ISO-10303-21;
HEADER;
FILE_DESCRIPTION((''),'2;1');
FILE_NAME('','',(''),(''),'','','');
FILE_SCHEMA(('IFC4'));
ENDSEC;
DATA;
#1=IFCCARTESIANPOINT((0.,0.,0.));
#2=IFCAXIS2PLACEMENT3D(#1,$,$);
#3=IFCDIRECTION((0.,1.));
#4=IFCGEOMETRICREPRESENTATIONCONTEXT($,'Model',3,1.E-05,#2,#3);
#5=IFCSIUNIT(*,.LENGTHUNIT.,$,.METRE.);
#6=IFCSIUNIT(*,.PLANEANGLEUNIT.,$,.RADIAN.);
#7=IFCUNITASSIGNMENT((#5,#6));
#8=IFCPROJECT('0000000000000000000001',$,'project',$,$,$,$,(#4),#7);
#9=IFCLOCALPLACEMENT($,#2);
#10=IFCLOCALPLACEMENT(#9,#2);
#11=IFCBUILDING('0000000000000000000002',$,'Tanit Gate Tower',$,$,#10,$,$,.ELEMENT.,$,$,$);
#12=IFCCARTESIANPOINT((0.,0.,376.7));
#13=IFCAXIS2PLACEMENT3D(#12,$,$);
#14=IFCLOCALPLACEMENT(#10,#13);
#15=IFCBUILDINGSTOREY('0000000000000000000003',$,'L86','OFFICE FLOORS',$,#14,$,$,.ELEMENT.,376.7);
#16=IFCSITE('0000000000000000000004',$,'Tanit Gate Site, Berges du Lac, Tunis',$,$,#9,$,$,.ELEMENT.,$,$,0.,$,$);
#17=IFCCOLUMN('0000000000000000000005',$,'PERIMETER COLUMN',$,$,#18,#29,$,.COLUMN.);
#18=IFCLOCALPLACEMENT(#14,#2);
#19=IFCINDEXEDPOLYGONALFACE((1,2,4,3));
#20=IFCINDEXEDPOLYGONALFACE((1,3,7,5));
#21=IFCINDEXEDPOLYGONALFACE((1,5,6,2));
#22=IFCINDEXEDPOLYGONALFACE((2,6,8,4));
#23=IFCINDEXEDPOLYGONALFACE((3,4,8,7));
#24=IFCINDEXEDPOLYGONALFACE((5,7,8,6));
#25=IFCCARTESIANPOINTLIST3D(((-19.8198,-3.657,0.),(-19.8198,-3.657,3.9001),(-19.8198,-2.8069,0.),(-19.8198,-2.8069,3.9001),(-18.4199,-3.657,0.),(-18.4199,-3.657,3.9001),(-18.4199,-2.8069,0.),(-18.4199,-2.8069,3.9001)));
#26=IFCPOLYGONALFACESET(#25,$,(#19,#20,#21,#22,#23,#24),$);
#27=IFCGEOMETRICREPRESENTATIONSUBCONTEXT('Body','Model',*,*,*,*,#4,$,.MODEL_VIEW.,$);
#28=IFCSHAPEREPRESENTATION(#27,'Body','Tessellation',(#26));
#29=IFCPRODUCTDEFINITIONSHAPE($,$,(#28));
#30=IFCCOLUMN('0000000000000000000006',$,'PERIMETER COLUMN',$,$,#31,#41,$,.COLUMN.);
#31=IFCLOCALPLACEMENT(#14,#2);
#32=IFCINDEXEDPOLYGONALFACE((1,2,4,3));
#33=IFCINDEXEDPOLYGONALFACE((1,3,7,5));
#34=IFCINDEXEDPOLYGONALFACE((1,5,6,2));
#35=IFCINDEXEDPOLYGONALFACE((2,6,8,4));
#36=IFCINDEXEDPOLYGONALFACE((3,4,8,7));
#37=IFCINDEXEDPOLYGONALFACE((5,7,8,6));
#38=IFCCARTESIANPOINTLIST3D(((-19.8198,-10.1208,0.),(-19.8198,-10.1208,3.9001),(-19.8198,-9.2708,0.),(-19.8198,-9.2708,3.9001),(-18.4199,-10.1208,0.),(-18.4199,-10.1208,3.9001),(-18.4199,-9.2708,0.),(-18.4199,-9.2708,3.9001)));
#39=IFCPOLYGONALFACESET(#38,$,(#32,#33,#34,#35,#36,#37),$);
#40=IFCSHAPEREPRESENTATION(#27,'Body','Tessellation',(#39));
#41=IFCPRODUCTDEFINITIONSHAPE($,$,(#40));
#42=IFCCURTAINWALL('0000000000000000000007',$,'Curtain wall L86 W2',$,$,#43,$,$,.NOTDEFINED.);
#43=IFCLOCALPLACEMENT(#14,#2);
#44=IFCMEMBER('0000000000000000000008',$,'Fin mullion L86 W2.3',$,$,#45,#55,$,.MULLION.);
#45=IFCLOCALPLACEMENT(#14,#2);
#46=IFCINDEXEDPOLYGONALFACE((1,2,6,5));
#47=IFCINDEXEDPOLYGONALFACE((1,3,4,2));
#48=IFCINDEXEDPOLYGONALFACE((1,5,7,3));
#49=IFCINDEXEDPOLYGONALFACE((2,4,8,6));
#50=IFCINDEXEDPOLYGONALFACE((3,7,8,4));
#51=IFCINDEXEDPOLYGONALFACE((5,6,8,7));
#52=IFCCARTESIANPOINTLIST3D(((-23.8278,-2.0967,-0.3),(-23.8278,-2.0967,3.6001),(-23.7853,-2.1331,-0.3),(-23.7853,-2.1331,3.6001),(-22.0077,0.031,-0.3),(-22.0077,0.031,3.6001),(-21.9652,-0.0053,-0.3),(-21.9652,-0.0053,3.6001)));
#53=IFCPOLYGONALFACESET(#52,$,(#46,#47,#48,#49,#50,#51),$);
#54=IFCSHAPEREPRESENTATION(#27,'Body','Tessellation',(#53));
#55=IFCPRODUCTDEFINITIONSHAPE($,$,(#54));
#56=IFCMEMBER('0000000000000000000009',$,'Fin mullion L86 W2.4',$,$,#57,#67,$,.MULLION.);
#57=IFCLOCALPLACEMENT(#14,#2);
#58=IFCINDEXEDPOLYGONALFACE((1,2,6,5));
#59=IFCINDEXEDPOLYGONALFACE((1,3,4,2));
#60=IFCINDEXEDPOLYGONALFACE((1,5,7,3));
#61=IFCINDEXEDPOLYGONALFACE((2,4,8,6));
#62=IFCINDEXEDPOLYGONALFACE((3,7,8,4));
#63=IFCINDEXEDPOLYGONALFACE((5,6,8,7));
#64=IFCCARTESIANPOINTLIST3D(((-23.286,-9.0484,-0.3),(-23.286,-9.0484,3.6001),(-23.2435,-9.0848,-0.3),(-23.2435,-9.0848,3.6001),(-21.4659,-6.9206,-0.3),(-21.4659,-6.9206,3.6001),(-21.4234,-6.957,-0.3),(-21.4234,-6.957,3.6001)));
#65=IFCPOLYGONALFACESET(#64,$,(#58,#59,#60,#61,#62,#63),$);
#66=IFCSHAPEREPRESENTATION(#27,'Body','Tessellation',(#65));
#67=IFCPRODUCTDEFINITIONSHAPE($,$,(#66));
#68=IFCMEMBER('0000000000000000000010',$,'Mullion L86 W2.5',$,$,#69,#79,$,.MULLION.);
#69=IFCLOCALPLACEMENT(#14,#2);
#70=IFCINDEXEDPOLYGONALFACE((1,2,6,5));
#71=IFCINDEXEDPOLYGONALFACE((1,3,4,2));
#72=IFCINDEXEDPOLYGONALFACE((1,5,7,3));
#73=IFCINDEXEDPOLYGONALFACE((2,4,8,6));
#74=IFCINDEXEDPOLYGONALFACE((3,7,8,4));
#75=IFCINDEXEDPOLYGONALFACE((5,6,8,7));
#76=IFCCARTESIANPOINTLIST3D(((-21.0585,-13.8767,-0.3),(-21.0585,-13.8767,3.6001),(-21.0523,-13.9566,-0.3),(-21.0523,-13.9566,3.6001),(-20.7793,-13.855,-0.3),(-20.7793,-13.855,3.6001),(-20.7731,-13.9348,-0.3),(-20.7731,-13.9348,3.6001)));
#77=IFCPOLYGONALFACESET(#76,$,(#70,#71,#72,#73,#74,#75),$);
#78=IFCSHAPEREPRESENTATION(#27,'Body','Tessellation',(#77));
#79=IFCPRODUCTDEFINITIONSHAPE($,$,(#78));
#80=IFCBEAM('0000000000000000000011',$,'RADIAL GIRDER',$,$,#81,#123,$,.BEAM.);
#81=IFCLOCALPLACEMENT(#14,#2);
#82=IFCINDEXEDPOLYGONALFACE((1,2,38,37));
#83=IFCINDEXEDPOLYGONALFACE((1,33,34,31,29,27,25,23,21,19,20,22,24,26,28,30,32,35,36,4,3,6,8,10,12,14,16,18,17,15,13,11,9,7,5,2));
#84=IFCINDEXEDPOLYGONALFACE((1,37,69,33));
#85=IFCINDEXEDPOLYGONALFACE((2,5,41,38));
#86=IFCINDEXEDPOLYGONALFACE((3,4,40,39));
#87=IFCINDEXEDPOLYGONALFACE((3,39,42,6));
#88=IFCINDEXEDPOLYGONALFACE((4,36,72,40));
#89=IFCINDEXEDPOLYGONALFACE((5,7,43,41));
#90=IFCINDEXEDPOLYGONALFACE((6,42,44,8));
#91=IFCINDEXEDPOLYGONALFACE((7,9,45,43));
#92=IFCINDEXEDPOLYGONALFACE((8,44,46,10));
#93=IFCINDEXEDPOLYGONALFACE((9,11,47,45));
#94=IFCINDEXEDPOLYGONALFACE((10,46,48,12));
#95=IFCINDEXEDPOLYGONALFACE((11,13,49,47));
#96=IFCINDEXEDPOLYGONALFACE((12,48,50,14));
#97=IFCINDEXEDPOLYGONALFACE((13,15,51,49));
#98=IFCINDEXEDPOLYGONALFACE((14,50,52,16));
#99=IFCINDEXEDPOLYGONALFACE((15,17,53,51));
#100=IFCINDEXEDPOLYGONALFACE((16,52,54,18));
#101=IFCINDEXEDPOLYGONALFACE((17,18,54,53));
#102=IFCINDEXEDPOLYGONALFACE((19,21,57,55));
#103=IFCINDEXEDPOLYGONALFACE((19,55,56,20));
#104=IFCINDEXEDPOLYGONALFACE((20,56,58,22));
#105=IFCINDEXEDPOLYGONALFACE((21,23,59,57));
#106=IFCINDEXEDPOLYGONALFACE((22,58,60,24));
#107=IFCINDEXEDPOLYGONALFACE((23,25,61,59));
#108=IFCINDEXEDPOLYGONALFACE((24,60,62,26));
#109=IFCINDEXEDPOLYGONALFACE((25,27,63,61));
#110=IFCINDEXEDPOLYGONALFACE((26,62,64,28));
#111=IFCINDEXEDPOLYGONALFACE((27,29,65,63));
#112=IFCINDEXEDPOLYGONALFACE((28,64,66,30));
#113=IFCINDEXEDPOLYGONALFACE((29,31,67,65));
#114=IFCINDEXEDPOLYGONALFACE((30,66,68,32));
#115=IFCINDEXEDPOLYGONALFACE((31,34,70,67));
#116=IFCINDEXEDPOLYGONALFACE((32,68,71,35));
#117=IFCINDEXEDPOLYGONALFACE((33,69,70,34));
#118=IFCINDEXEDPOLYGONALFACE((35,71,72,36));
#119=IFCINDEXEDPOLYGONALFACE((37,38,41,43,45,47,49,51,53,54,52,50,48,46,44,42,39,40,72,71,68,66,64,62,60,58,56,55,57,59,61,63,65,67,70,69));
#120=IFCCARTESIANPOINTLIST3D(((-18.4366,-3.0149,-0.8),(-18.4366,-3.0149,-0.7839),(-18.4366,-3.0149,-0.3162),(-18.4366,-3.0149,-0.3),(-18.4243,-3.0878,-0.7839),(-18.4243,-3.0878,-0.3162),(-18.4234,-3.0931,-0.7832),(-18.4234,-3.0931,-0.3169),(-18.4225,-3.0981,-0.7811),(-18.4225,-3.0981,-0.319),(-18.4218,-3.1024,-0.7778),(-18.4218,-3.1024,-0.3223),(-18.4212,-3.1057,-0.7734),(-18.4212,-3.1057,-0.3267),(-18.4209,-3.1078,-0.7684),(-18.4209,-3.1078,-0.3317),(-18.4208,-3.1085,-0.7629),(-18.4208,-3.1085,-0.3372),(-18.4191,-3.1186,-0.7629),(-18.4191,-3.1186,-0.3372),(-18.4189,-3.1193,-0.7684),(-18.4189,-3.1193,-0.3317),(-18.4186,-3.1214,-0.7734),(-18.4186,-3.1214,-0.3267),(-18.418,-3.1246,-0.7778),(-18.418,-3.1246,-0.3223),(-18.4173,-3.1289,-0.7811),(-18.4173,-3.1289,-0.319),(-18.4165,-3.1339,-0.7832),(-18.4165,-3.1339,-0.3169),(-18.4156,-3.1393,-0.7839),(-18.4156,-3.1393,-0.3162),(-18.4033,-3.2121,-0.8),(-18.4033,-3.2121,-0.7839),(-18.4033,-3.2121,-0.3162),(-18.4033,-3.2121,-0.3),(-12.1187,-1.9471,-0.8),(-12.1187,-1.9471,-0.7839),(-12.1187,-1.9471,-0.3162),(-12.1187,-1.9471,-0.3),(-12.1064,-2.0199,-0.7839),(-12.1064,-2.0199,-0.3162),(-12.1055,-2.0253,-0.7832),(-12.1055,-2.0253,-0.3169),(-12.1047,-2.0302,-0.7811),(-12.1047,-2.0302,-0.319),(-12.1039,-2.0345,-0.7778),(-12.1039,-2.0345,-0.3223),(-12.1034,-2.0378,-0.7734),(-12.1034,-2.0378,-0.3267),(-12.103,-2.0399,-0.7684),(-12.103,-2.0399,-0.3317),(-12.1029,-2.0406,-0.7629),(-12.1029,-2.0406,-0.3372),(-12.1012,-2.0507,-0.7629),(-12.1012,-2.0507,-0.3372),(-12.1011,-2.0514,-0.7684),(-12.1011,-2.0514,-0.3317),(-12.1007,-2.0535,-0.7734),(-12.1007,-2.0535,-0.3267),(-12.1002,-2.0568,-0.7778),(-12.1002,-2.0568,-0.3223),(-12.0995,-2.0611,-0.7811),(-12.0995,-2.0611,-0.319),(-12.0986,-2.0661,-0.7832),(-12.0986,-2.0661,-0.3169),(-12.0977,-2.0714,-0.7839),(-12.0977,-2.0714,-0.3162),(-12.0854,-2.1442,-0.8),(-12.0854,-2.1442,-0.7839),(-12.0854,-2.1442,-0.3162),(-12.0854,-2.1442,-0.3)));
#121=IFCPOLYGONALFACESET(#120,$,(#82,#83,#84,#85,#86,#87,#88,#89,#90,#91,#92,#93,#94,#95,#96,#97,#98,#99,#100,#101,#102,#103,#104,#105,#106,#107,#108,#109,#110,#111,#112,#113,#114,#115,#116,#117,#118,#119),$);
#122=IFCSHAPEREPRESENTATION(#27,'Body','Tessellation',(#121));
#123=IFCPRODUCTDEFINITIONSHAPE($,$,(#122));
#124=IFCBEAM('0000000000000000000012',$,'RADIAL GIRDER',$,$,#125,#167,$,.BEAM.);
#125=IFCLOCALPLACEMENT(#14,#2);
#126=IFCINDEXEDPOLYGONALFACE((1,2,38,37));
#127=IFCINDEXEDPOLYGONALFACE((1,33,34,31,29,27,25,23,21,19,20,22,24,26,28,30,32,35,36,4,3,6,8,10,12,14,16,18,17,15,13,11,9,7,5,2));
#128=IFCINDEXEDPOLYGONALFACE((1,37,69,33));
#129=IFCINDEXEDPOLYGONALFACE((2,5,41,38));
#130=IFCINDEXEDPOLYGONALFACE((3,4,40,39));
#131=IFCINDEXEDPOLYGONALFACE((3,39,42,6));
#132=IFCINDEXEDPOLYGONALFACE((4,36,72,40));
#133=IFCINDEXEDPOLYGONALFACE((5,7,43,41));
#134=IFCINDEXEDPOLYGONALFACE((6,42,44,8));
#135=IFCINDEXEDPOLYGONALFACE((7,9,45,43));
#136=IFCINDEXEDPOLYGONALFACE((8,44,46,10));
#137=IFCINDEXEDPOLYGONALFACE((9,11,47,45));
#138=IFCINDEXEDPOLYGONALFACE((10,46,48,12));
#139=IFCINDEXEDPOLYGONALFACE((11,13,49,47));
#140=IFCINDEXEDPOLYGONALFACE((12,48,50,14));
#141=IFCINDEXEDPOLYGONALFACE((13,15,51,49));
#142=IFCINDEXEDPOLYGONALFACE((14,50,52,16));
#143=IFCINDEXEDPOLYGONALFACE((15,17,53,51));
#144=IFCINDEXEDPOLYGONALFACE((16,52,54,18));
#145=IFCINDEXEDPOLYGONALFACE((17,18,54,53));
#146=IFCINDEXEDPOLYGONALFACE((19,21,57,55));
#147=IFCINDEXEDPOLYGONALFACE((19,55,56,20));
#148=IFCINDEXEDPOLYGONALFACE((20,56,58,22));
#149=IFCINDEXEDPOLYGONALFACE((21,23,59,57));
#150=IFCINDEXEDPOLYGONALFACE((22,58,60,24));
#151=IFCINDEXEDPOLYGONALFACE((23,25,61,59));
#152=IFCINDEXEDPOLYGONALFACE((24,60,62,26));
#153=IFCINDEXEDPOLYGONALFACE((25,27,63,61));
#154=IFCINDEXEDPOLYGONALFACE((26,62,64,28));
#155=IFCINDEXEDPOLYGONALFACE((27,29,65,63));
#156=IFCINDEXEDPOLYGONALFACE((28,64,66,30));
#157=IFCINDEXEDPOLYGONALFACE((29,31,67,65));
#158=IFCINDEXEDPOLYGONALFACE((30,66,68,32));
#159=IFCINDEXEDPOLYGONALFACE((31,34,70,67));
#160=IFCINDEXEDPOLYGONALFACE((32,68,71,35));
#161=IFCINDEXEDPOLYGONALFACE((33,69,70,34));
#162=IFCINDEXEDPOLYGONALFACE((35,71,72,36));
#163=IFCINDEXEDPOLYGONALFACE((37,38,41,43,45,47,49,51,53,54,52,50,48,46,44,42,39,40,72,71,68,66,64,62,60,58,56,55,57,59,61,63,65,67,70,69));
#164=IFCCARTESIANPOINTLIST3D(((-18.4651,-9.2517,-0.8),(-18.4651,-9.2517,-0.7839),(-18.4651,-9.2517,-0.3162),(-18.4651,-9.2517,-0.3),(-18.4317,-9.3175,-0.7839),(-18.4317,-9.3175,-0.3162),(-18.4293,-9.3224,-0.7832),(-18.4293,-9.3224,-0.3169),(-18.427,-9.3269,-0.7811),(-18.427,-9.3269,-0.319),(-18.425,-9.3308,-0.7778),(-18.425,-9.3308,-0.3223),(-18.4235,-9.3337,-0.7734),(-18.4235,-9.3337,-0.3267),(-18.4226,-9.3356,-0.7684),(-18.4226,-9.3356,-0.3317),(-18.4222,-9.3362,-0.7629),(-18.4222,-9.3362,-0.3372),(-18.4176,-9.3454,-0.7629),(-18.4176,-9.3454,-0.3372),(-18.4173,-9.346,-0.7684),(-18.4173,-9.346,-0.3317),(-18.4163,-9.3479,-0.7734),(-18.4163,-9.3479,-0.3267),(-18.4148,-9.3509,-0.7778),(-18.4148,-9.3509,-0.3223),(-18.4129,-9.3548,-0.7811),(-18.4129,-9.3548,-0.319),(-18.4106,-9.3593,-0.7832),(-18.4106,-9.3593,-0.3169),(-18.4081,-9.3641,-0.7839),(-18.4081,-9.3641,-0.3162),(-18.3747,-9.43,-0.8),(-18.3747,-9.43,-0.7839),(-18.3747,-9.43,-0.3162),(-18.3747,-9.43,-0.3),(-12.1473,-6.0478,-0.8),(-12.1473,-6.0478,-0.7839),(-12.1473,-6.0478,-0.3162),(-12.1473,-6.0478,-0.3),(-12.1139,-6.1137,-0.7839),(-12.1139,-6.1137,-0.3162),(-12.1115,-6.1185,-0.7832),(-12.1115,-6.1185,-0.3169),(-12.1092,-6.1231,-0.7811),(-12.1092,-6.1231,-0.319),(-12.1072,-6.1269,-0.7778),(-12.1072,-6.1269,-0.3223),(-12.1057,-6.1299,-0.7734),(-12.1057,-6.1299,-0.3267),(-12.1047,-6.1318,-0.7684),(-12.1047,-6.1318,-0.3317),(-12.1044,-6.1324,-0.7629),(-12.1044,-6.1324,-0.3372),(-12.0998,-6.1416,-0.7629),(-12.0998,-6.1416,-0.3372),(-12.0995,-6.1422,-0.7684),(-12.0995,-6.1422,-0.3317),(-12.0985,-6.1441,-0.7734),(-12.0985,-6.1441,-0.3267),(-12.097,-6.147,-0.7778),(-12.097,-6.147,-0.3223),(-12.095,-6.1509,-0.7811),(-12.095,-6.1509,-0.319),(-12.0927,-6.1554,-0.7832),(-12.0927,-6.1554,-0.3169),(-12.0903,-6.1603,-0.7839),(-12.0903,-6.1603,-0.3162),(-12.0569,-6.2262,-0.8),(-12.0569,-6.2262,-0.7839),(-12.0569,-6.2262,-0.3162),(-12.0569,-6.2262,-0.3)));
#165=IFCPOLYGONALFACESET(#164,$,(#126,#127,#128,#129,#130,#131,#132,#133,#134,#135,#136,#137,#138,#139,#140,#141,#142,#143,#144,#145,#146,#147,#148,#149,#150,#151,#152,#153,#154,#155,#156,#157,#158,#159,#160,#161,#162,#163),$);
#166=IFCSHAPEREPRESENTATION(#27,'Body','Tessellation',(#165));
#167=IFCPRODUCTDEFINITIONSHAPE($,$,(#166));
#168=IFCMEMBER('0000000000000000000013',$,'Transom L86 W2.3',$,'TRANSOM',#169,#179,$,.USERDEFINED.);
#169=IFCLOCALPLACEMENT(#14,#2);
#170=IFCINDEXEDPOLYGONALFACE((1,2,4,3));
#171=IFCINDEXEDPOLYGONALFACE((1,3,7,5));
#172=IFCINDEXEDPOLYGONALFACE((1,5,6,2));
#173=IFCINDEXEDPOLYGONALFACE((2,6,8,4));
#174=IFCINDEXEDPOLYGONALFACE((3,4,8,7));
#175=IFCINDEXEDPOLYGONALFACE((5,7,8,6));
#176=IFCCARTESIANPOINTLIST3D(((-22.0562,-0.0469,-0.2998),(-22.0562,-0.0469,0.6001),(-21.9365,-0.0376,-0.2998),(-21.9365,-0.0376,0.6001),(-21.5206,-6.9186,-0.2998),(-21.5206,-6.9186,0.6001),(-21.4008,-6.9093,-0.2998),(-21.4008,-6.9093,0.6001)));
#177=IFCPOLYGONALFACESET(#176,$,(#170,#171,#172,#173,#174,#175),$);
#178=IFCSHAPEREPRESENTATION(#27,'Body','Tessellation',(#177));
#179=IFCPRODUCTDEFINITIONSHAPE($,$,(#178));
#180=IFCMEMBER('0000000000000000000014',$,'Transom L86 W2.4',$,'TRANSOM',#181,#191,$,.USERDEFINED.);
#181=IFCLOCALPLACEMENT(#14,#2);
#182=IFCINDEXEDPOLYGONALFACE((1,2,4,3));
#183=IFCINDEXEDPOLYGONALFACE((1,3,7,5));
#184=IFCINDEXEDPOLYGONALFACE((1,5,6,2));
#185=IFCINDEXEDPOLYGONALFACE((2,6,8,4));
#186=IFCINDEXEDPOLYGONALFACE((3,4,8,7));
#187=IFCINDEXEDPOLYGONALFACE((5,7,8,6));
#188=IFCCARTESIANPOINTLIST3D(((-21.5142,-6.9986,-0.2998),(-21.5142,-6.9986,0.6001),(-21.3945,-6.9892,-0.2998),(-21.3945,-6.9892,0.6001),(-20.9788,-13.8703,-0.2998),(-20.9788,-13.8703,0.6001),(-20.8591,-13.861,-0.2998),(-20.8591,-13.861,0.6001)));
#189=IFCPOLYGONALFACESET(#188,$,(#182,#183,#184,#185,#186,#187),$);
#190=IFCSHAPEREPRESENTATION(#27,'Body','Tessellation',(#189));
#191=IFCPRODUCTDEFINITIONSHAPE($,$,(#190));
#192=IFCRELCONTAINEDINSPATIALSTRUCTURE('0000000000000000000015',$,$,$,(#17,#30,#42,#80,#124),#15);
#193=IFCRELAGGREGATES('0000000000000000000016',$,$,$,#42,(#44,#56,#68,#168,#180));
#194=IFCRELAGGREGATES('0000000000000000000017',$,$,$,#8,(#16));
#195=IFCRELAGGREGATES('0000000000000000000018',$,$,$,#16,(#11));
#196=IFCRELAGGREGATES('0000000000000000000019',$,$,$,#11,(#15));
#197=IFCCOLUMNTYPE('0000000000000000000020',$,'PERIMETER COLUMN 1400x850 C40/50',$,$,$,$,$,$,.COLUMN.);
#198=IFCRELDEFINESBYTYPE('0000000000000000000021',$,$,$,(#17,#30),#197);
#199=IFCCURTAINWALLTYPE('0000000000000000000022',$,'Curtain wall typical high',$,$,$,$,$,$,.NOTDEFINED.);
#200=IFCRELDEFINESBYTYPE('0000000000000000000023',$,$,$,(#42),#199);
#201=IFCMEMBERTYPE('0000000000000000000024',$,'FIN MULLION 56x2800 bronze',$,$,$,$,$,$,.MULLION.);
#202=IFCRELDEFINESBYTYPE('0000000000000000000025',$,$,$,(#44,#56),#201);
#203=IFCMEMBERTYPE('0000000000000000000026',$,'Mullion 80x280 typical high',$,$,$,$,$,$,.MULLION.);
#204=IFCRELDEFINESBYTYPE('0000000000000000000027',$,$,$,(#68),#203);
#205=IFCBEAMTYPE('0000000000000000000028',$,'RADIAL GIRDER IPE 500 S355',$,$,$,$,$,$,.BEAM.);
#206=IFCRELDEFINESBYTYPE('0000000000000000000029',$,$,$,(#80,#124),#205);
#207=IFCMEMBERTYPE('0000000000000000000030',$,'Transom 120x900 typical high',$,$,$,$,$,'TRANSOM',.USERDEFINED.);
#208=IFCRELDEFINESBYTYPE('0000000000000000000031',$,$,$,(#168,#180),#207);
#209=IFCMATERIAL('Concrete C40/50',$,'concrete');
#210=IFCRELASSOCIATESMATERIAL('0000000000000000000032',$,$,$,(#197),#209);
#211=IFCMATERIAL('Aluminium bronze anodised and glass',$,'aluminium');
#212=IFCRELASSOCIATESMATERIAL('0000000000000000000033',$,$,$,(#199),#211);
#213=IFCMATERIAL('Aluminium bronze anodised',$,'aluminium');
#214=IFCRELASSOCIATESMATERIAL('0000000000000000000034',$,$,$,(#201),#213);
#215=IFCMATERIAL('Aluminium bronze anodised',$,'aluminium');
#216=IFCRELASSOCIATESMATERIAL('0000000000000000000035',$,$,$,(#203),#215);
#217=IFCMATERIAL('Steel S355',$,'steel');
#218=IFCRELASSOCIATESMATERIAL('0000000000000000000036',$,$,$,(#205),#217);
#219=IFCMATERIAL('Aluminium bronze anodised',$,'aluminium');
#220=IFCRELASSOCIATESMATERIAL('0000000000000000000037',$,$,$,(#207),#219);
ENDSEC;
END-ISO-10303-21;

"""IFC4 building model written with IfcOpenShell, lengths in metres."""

from ifc_helpers import new_model, si_unit, direction, frame, origin, origin_2d, place, context, subcontext, project, spatial, rectangle, i_section, extrude, material, material_profile, profile_set, type_object, element, aggregate, save


model = new_model("IFC4")

# Units and contexts
model_context = context("Model", 3, precision=1e-05, world=origin(), true_north=direction((0.0, 1.0)))
body_context = subcontext(model_context, "Body", "Model", "MODEL_VIEW")
ifc_project = project(units=[si_unit("LENGTHUNIT", "METRE"), si_unit("PLANEANGLEUNIT", "RADIAN")], contexts=[model_context])

# Site, building, storey
site_placement = place(None, origin())
site = spatial("IfcSite", under=ifc_project, at=site_placement, Name="Tanit Gate Site, Berges du Lac, Tunis", CompositionType="ELEMENT", RefElevation=0.0)
building_placement = place(site_placement, origin())
building = spatial("IfcBuilding", under=site, at=building_placement, Name="Tanit Gate Tower", CompositionType="ELEMENT")
storey_placement = place(building_placement, frame((0.0, 0.0, 376.7)))
storey = spatial("IfcBuildingStorey", under=building, at=storey_placement, Name="L86", Description="OFFICE FLOORS", CompositionType="ELEMENT", Elevation=376.7)

# Columns
ifc_material_1 = material(Name="Concrete C40/50", Category="concrete")
ifc_material_profile_1 = material_profile(ifc_material_1, rectangle(XDim=1.3999, YDim=0.8501, at=origin_2d()), Name="RC 1400x850")
ifc_profile_set_1 = profile_set([ifc_material_profile_1], Name="Concrete C40/50")
column_type = type_object("IfcColumnType", Name="PERIMETER COLUMN 1400x850 C40/50", PredefinedType="COLUMN", material=ifc_profile_set_1)
for number, where, z_axis, x_axis, name in (
    (1, (-19.1199, -3.2319, 0.0), (0.0, 0.0, 1.0), (-1.0, 0.0, 0.0), "PERIMETER COLUMN"),
    (2, (-19.1199, -9.6958, 0.0), (0.0, 0.0, 1.0), (-1.0, 0.0, 0.0), "PERIMETER COLUMN"),
):
    element("IfcColumn", number, at=place(storey_placement, frame(where, z_axis=z_axis, x_axis=x_axis)), inside=storey, type_object=column_type, Name=name, PredefinedType="COLUMN", context=body_context, shape_type="SweptSolid", body=[
        extrude(rectangle(XDim=1.3999, YDim=0.8501, at=origin_2d()), origin(), (0.0, 0.0, 1.0), 3.9001),
    ])

# Curtain wall, members
ifc_material_2 = material(Name="Aluminium bronze anodised and glass", Category="aluminium")
curtain_wall_type = type_object("IfcCurtainWallType", Name="Curtain wall typical high", PredefinedType="NOTDEFINED", material=ifc_material_2)
curtain_wall_1_placement = place(storey_placement, origin())
curtain_wall_1 = element("IfcCurtainWall", 3, at=curtain_wall_1_placement, inside=storey, type_object=curtain_wall_type, Name="Curtain wall L86 W2", PredefinedType="NOTDEFINED")
ifc_material_3 = material(Name="Aluminium bronze anodised", Category="aluminium")
ifc_material_profile_2 = material_profile(ifc_material_3, rectangle(XDim=2.8, YDim=0.0559, at=origin_2d()), Name="56x2800 bronze fin mullion")
ifc_profile_set_2 = profile_set([ifc_material_profile_2], Name="Aluminium bronze anodised")
member_type_1 = type_object("IfcMemberType", Name="FIN MULLION 56x2800 bronze", PredefinedType="MULLION", material=ifc_profile_set_2)
member_1_placement = place(storey_placement, frame((-22.8965, -1.051, -0.3), z_axis=(0.0, 0.0, 1.0), x_axis=(0.650026, 0.759912, 0.0)))
member_1 = element("IfcMember", 4, at=member_1_placement, type_object=member_type_1, Name="Fin mullion L86 W2.3", PredefinedType="MULLION", context=body_context, shape_type="SweptSolid", body=[
    extrude(rectangle(XDim=2.8, YDim=0.0559, at=origin_2d()), origin(), (0.0, 0.0, 1.0), 3.9001),
])
member_2_placement = place(storey_placement, frame((-22.3547, -8.0027, -0.3), z_axis=(0.0, 0.0, 1.0), x_axis=(0.650026, 0.759912, 0.0)))
member_2 = element("IfcMember", 5, at=member_2_placement, type_object=member_type_1, Name="Fin mullion L86 W2.4", PredefinedType="MULLION", context=body_context, shape_type="SweptSolid", body=[
    extrude(rectangle(XDim=2.8, YDim=0.0559, at=origin_2d()), origin(), (0.0, 0.0, 1.0), 3.9001),
])
ifc_material_4 = material(Name="Aluminium bronze anodised", Category="aluminium")
ifc_material_profile_3 = material_profile(ifc_material_4, rectangle(XDim=0.28, YDim=0.0801, at=origin_2d()), Name="80x280 bronze mullion")
ifc_profile_set_3 = profile_set([ifc_material_profile_3], Name="Aluminium bronze anodised")
member_type_2 = type_object("IfcMemberType", Name="Mullion 80x280 typical high", PredefinedType="MULLION", material=ifc_profile_set_3)
member_3_placement = place(storey_placement, frame((-20.9158, -13.9058, -0.3), z_axis=(0.0, 0.0, 1.0), x_axis=(0.996977, 0.077701, 0.0)))
member_3 = element("IfcMember", 6, at=member_3_placement, type_object=member_type_2, Name="Mullion L86 W2.5", PredefinedType="MULLION", context=body_context, shape_type="SweptSolid", body=[
    extrude(rectangle(XDim=0.28, YDim=0.0801, at=origin_2d()), origin(), (0.0, 0.0, 1.0), 3.9001),
])

# Beams
ifc_material_5 = material(Name="Steel S355", Category="steel")
ifc_material_profile_4 = material_profile(ifc_material_5, i_section(OverallWidth=0.2, OverallDepth=0.5, WebThickness=0.0103, FlangeThickness=0.0161, FilletRadius=0.021, at=origin_2d()), Name="IPE 500")
ifc_profile_set_4 = profile_set([ifc_material_profile_4], Name="Steel S355")
beam_type = type_object("IfcBeamType", Name="RADIAL GIRDER IPE 500 S355", PredefinedType="BEAM", material=ifc_profile_set_4)
beam_1_placement = place(storey_placement, frame((-18.4199, -3.1135, -0.55), z_axis=(0.986014, 0.16666, 0.0), x_axis=(-0.16666, 0.986014, 0.0)))
element("IfcBeam", 7, at=beam_1_placement, inside=storey, type_object=beam_type, Name="RADIAL GIRDER", PredefinedType="BEAM", context=body_context, shape_type="SweptSolid", body=[
    extrude(i_section(OverallWidth=0.2, OverallDepth=0.5, WebThickness=0.0103, FlangeThickness=0.0161, FilletRadius=0.021, at=origin_2d()), origin(), (0.0, 0.0, 1.0), 6.4075),
])
beam_2_placement = place(storey_placement, frame((-18.4199, -9.3408, -0.55), z_axis=(0.891876, 0.45228, 0.0), x_axis=(-0.45228, 0.891876, 0.0)))
element("IfcBeam", 8, at=beam_2_placement, inside=storey, type_object=beam_type, Name="RADIAL GIRDER", PredefinedType="BEAM", context=body_context, shape_type="SweptSolid", body=[
    extrude(i_section(OverallWidth=0.2, OverallDepth=0.5, WebThickness=0.0103, FlangeThickness=0.0161, FilletRadius=0.021, at=origin_2d()), origin(), (0.0, 0.0, 1.0), 7.0837),
])

# Members
ifc_material_6 = material(Name="Aluminium bronze anodised", Category="aluminium")
ifc_material_profile_5 = material_profile(ifc_material_6, rectangle(XDim=0.1201, YDim=0.8999, at=origin_2d()), Name="120x900 bronze transom")
ifc_profile_set_5 = profile_set([ifc_material_profile_5], Name="Aluminium bronze anodised")
member_type_3 = type_object("IfcMemberType", Name="Transom 120x900 typical high", ElementType="TRANSOM", PredefinedType="USERDEFINED", material=ifc_profile_set_5)
member_4_placement = place(storey_placement, frame((-21.9963, -0.0422, 0.1501), z_axis=(0.077712, -0.996976, 0.0), x_axis=(0.996976, 0.077712, 0.0)))
member_4 = element("IfcMember", 9, at=member_4_placement, type_object=member_type_3, Name="Transom L86 W2.3", ObjectType="TRANSOM", PredefinedType="USERDEFINED", context=body_context, shape_type="SweptSolid", body=[
    extrude(rectangle(XDim=0.1201, YDim=0.8999, at=origin_2d()), origin(), (0.0, 0.0, 1.0), 6.8926),
])
member_5_placement = place(storey_placement, frame((-21.4543, -6.9939, 0.1501), z_axis=(0.077677, -0.996979, 0.0), x_axis=(0.996979, 0.077677, 0.0)))
member_5 = element("IfcMember", 10, at=member_5_placement, type_object=member_type_3, Name="Transom L86 W2.4", ObjectType="TRANSOM", PredefinedType="USERDEFINED", context=body_context, shape_type="SweptSolid", body=[
    extrude(rectangle(XDim=0.1201, YDim=0.8999, at=origin_2d()), origin(), (0.0, 0.0, 1.0), 6.8926),
])

aggregate(curtain_wall_1, [member_1, member_2, member_3, member_4, member_5])

save(model, "model.ifc")
